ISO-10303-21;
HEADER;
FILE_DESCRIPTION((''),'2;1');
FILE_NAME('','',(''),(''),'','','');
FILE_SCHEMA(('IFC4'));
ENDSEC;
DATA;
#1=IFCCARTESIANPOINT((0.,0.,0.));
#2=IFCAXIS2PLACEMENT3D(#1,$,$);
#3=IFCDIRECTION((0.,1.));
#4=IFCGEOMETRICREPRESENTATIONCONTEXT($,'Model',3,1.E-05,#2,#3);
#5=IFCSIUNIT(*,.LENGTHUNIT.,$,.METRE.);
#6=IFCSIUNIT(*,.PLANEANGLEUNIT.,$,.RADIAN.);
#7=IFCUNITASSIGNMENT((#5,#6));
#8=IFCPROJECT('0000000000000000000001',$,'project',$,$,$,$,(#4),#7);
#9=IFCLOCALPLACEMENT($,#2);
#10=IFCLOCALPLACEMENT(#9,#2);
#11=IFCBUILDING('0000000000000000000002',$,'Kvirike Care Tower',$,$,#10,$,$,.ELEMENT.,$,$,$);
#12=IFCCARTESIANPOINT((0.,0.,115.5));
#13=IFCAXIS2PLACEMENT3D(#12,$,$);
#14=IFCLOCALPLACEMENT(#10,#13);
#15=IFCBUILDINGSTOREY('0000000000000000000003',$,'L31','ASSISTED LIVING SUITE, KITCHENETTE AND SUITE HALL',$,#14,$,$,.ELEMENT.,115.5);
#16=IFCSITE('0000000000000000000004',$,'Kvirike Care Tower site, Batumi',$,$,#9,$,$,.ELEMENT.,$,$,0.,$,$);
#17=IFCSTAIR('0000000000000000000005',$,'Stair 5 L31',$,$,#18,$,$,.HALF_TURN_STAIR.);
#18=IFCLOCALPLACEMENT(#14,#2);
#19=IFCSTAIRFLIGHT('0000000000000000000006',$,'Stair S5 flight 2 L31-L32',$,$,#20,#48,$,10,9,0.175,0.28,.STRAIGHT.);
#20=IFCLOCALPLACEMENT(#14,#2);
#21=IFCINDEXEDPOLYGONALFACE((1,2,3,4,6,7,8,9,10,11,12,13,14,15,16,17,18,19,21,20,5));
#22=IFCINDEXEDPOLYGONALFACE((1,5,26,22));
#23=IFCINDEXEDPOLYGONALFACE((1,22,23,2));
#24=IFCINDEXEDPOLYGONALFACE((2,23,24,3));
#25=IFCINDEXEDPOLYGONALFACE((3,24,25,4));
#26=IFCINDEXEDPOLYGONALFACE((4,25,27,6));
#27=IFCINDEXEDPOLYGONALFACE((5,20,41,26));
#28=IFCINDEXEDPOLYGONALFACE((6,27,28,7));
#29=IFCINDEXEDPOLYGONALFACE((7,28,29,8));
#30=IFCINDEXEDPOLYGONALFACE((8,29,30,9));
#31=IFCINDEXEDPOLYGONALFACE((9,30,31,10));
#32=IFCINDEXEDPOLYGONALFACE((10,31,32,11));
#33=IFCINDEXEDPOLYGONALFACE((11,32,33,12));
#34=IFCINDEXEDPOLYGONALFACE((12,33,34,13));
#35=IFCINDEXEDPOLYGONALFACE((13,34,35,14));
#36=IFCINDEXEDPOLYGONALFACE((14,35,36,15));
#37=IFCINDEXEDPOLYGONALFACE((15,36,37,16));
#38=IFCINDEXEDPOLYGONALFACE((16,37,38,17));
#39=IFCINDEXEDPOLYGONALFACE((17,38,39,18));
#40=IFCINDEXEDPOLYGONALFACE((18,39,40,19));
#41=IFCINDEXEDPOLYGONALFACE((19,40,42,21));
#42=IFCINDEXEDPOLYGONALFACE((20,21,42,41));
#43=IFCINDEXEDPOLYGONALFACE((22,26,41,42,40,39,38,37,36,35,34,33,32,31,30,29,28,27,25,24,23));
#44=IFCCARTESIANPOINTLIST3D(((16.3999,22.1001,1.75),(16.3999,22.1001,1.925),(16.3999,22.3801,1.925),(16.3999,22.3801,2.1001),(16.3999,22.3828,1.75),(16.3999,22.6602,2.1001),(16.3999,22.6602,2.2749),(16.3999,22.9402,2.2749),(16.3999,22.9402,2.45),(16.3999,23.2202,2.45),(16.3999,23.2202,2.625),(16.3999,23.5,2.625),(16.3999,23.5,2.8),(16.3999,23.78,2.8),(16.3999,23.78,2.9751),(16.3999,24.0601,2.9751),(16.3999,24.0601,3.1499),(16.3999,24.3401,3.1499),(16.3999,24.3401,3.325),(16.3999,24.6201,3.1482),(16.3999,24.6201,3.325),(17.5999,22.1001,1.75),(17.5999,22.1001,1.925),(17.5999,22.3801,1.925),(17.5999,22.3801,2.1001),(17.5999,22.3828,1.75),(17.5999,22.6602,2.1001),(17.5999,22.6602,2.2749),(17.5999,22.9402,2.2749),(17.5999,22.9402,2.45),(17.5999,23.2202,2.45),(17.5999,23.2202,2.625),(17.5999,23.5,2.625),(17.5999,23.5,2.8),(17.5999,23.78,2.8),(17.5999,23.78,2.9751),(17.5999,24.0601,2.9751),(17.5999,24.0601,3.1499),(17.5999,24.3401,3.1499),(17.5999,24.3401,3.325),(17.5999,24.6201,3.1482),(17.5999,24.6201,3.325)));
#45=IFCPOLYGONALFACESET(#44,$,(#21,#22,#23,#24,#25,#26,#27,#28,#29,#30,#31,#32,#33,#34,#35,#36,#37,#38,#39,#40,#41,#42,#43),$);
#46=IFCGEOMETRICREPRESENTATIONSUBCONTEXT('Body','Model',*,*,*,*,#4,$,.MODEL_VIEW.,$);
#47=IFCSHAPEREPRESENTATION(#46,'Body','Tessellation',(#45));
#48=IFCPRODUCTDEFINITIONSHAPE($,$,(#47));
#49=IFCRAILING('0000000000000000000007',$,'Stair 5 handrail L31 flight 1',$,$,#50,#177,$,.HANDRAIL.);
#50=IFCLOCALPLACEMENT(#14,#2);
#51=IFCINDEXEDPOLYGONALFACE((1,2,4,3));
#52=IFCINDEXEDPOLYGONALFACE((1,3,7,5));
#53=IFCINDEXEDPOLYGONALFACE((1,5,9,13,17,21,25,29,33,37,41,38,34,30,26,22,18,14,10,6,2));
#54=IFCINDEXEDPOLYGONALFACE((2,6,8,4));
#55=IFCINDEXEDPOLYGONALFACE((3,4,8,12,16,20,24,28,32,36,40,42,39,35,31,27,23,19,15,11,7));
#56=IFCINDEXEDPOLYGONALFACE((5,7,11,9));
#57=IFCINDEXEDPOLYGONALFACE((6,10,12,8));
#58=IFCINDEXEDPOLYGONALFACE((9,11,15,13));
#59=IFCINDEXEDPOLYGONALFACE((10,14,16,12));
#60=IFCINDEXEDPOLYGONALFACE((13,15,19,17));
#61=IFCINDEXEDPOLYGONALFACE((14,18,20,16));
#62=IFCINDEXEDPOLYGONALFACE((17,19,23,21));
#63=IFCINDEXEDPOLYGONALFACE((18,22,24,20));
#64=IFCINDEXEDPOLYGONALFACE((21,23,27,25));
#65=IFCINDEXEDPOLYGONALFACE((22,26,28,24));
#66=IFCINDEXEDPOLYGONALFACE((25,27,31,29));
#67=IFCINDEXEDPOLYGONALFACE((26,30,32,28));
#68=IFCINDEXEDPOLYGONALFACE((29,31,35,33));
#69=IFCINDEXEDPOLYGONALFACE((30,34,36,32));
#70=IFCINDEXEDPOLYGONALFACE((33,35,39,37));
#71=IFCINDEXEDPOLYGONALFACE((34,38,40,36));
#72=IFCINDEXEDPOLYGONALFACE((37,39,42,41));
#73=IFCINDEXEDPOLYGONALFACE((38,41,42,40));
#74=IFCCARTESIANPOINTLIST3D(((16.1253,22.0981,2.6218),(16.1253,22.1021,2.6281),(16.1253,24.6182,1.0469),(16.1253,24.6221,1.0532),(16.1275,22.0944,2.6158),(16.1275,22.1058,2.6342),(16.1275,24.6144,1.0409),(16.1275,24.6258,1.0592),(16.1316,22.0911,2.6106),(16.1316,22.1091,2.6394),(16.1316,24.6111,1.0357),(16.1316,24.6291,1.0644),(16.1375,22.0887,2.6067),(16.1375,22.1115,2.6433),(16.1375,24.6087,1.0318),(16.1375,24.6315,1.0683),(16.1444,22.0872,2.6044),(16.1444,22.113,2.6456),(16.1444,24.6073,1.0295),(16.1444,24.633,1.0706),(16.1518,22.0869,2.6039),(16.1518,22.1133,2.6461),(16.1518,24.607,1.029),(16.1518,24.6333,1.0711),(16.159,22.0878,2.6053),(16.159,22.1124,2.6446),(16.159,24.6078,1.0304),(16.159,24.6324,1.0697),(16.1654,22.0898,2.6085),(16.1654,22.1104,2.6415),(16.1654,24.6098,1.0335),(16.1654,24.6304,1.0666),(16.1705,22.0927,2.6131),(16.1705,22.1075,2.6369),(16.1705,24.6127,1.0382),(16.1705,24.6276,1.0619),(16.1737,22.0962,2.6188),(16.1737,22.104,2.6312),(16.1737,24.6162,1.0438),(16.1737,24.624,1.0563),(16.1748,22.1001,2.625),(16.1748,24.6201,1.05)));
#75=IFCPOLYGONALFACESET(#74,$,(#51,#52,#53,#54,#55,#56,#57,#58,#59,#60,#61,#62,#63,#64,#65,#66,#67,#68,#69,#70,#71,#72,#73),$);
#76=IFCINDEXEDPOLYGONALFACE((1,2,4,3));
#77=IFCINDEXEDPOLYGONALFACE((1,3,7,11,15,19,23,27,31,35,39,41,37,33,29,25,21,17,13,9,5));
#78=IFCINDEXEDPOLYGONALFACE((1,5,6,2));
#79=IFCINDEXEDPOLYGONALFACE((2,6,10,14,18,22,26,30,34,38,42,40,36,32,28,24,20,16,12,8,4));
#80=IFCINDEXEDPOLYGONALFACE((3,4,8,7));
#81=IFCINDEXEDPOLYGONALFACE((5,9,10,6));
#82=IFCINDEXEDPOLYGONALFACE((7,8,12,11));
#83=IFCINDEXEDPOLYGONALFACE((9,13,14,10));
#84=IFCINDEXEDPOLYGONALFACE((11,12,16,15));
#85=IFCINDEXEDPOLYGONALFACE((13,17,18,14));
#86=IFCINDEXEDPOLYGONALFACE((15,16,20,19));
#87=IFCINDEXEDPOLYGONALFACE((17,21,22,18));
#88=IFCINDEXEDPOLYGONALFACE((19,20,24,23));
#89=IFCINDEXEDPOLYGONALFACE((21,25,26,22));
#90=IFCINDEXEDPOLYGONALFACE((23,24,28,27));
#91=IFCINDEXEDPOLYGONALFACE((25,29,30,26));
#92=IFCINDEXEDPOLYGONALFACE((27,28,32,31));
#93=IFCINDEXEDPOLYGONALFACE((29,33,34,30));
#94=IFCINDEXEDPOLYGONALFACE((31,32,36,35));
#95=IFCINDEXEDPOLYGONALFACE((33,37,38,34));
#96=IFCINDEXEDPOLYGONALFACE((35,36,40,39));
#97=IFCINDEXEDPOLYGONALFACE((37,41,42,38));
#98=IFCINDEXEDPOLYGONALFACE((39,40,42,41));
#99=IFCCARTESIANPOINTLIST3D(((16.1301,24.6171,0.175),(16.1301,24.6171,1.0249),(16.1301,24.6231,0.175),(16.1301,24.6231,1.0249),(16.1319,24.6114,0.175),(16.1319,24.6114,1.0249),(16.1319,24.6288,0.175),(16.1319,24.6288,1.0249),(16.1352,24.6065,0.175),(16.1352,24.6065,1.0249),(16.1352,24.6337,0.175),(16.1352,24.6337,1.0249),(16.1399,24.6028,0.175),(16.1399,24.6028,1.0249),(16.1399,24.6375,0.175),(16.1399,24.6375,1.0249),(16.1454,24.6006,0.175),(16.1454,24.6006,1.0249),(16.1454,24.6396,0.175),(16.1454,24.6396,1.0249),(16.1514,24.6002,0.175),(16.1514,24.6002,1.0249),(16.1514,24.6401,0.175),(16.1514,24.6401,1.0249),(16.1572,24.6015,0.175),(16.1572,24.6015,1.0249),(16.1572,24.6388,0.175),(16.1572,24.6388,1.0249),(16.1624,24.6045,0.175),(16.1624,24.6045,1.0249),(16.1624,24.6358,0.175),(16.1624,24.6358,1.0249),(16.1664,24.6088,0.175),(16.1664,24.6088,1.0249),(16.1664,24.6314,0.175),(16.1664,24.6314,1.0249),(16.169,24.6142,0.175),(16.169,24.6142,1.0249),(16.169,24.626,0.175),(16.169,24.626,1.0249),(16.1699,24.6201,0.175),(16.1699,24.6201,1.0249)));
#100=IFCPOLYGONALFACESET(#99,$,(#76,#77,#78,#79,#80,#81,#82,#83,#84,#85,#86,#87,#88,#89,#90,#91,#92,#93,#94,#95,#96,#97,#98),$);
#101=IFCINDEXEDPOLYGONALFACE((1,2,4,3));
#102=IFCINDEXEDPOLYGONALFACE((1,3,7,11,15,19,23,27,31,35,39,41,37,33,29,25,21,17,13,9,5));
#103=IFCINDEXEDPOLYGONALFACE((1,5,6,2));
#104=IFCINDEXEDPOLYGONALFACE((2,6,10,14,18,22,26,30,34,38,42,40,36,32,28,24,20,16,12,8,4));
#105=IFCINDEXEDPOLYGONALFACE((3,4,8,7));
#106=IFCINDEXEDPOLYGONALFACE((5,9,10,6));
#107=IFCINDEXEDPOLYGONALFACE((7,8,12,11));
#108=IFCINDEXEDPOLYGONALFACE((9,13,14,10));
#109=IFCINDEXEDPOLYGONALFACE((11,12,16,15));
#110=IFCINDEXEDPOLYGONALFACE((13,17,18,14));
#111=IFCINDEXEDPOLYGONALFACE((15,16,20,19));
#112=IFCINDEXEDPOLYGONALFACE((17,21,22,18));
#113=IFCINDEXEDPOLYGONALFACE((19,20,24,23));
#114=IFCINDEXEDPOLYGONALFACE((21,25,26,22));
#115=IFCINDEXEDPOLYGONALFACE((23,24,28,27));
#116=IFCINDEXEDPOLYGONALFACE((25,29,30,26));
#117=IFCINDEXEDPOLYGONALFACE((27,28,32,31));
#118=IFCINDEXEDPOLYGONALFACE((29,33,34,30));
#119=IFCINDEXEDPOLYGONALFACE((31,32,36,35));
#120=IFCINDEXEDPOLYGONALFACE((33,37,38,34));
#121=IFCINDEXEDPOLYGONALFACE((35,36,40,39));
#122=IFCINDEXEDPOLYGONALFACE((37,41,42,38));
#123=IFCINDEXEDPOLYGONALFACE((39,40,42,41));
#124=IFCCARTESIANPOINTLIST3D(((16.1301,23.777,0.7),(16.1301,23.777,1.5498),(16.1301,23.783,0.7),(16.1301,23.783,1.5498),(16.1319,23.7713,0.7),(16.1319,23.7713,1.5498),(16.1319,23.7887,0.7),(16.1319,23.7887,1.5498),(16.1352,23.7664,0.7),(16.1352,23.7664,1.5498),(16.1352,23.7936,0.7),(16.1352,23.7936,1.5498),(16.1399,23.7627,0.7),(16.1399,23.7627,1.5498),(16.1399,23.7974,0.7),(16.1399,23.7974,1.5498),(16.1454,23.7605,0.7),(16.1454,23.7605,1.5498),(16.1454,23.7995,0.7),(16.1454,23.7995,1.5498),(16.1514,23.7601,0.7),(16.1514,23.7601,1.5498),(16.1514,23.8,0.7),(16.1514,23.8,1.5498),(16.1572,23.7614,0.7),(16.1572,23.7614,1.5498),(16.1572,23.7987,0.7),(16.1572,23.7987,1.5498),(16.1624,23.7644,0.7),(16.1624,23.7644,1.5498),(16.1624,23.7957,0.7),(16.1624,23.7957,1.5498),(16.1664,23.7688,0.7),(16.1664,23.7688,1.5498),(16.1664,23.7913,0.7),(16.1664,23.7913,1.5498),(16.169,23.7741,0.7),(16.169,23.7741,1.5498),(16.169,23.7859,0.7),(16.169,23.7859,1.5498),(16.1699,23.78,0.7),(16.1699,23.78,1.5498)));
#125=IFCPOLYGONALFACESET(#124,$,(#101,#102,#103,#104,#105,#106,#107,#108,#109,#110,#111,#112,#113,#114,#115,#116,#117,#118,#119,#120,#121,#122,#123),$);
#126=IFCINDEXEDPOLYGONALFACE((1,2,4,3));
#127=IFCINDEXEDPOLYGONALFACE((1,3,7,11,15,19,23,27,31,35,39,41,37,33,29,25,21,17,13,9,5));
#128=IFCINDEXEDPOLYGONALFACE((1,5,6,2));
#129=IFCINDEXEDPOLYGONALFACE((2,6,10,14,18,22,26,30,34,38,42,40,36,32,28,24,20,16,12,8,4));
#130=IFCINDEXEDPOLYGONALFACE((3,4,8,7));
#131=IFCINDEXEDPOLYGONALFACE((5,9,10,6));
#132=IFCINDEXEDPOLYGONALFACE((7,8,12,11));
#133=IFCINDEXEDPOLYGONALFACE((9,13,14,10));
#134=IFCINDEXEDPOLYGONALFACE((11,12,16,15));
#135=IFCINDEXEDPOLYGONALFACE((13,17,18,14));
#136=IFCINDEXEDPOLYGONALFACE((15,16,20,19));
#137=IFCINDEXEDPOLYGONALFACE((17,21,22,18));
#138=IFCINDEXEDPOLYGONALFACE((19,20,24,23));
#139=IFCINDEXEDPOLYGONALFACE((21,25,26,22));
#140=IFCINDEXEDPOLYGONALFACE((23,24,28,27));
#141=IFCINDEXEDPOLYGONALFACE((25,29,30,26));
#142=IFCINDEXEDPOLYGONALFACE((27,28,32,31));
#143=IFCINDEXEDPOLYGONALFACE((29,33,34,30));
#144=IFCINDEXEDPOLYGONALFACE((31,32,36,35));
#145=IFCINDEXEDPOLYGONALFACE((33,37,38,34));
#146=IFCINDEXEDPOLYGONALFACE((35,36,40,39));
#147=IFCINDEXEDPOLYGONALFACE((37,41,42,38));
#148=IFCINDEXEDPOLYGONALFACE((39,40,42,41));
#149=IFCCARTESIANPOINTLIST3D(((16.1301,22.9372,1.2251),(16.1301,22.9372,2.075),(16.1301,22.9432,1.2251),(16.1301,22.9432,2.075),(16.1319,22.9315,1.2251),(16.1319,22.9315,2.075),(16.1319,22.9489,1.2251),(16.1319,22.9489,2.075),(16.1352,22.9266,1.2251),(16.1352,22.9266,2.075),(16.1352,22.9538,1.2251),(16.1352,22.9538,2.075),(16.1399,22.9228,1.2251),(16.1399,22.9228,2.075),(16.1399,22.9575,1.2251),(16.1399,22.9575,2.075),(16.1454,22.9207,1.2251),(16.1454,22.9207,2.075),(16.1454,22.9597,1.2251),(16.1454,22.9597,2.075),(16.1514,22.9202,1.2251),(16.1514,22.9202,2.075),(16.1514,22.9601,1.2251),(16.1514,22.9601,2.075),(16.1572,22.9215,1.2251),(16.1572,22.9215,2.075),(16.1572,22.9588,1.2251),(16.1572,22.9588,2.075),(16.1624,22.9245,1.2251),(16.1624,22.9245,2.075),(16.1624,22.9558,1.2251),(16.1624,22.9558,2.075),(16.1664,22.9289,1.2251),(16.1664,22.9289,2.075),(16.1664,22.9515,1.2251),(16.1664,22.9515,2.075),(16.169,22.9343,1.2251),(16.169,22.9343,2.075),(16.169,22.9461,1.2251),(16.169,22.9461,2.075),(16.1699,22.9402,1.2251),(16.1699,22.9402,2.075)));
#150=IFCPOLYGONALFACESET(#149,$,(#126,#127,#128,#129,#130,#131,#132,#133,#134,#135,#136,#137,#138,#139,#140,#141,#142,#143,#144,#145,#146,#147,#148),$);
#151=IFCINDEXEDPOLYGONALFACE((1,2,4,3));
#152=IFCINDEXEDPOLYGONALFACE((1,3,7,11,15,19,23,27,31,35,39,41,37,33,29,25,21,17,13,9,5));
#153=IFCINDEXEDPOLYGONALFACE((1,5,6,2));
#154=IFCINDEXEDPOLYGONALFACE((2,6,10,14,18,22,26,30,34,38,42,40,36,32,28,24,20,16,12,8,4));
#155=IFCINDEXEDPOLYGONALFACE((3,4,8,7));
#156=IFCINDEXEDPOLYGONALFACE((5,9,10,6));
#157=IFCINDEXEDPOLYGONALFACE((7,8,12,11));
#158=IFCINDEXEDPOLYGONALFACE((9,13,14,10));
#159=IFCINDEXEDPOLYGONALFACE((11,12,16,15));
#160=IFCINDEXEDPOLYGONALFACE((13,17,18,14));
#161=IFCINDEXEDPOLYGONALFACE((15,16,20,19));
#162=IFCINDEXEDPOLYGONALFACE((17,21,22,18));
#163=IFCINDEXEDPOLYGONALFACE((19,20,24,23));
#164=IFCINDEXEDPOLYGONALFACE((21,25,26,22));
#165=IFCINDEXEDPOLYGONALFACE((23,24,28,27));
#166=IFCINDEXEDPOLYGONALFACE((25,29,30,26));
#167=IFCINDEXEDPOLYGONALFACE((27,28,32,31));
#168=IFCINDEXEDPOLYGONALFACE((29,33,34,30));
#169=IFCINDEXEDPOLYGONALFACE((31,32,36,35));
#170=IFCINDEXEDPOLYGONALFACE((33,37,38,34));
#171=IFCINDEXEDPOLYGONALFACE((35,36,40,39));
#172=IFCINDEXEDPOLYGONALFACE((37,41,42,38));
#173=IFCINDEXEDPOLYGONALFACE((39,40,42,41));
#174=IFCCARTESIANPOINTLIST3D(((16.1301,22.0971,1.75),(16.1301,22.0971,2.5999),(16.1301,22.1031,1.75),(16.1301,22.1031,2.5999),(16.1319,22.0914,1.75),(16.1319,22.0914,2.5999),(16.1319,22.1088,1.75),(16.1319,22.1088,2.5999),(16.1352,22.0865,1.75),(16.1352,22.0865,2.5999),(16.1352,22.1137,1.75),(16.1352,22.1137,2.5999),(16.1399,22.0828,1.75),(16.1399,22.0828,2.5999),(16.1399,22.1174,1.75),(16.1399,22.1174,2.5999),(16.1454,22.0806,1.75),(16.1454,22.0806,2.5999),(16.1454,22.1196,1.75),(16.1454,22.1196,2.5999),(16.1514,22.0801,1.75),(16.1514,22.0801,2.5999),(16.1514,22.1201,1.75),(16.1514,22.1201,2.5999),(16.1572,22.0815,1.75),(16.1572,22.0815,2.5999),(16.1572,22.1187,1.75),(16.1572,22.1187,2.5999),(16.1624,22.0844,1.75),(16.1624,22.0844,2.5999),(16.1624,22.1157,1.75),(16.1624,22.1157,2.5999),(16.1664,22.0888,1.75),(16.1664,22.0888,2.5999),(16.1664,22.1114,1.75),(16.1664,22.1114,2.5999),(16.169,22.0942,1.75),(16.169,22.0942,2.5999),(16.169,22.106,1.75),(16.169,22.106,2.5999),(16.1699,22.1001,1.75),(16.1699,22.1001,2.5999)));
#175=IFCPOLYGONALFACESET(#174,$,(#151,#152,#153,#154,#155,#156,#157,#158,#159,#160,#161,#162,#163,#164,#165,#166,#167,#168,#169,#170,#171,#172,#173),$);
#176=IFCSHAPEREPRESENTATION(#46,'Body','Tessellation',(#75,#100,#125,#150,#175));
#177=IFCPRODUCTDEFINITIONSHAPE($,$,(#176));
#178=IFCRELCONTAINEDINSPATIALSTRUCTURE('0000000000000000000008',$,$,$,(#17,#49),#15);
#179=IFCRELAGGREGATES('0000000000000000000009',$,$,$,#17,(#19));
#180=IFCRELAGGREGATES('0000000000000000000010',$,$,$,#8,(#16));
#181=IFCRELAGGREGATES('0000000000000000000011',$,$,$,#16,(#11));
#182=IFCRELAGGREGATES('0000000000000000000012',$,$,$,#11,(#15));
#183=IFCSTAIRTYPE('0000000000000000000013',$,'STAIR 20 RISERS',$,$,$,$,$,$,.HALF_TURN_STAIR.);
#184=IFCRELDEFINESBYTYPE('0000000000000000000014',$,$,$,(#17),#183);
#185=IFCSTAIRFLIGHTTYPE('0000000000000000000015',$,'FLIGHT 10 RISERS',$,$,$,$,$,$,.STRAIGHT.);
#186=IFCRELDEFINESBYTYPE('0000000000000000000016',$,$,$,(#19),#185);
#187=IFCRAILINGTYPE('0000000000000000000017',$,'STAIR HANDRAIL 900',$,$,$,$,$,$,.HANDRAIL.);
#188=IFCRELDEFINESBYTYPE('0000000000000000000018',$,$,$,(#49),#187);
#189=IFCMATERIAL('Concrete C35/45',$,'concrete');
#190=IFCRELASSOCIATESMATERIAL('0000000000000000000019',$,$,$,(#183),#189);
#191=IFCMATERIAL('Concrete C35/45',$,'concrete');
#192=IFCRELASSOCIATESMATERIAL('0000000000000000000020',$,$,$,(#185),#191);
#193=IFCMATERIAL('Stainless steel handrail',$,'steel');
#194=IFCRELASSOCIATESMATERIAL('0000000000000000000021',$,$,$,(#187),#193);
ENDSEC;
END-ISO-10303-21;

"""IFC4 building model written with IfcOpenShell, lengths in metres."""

from ifc_helpers import new_model, si_unit, direction, frame, origin, origin_2d, place, context, subcontext, project, spatial, polyline, circle, outline, extrude, material, type_object, element, aggregate, save


model = new_model("IFC4")

# Units and contexts
model_context = context("Model", 3, precision=1e-05, world=origin(), true_north=direction((0.0, 1.0)))
body_context = subcontext(model_context, "Body", "Model", "MODEL_VIEW")
ifc_project = project(units=[si_unit("LENGTHUNIT", "METRE"), si_unit("PLANEANGLEUNIT", "RADIAN")], contexts=[model_context])

# Site, building, storey
site_placement = place(None, origin())
site = spatial("IfcSite", under=ifc_project, at=site_placement, Name="Kvirike Care Tower site, Batumi", CompositionType="ELEMENT", RefElevation=0.0)
building_placement = place(site_placement, origin())
building = spatial("IfcBuilding", under=site, at=building_placement, Name="Kvirike Care Tower", CompositionType="ELEMENT")
storey_placement = place(building_placement, frame((0.0, 0.0, 115.5)))
storey = spatial("IfcBuildingStorey", under=building, at=storey_placement, Name="L31", Description="ASSISTED LIVING SUITE, KITCHENETTE AND SUITE HALL", CompositionType="ELEMENT", Elevation=115.5)

# Stair, stair flight
ifc_material_1 = material(Name="Concrete C35/45", Category="concrete")
stair_type = type_object("IfcStairType", Name="STAIR 20 RISERS", PredefinedType="HALF_TURN_STAIR", material=ifc_material_1)
stair_placement = place(storey_placement, origin())
stair = element("IfcStair", 1, at=stair_placement, inside=storey, type_object=stair_type, Name="Stair 5 L31", PredefinedType="HALF_TURN_STAIR")
ifc_material_2 = material(Name="Concrete C35/45", Category="concrete")
stair_flight_type = type_object("IfcStairFlightType", Name="FLIGHT 10 RISERS", PredefinedType="STRAIGHT", material=ifc_material_2)
stair_flight_1_placement = place(storey_placement, frame((17.0, 22.1001, 1.75), z_axis=(0.0, 0.0, 1.0), x_axis=(0.0, 1.0, 0.0)))
stair_flight_1 = element("IfcStairFlight", 2, at=stair_flight_1_placement, type_object=stair_flight_type, Name="Stair S5 flight 2 L31-L32", NumberOfRisers=10, NumberOfTreads=9, PredefinedType="STRAIGHT", RiserHeight=0.175, TreadLength=0.28, context=body_context, shape_type="SweptSolid", body=[
    extrude(outline(polyline([(0.0, 0.0), (0.0, 0.175), (0.28, 0.175), (0.28, 0.3501), (0.5601, 0.3501), (0.5601, 0.5249), (0.8401, 0.5249), (0.8401, 0.7), (1.1201, 0.7), (1.1201, 0.875), (1.3999, 0.875), (1.3999, 1.05), (1.6799, 1.05), (1.6799, 1.2251), (1.96, 1.2251), (1.96, 1.3999), (2.24, 1.3999), (2.24, 1.575), (2.52, 1.575), (2.52, 1.75), (2.52, 1.3982), (0.2827, 0.0), (0.0, 0.0)])), frame((0.0, 0.6001, 0.0), z_axis=(0.0, -1.0, 0.0), x_axis=(1.0, 0.0, 0.0)), (0.0, 0.0, 1.0), 1.2),
])
aggregate(stair, [stair_flight_1])

# Railing
ifc_material_3 = material(Name="Stainless steel handrail", Category="steel")
railing_type = type_object("IfcRailingType", Name="STAIR HANDRAIL 900", PredefinedType="HANDRAIL", material=ifc_material_3)
railing_1_placement = place(storey_placement, frame((16.1499, 24.6201, 0.175)))
element("IfcRailing", 3, at=railing_1_placement, inside=storey, type_object=railing_type, Name="Stair 5 handrail L31 flight 1", PredefinedType="HANDRAIL", context=body_context, shape_type="SweptSolid", body=[
    extrude(circle(Radius=0.0249, at=origin_2d()), frame((0.0, 0.0, 0.875), z_axis=(0.0, -0.848008, 0.529984), x_axis=(1.0, 0.0, 0.0)), (0.0, 0.0, 1.0), 2.9717),
    extrude(circle(Radius=0.02, at=origin_2d()), origin(), (0.0, 0.0, 1.0), 0.8499),
    extrude(circle(Radius=0.02, at=origin_2d()), frame((0.0, -0.8401, 0.5249)), (0.0, 0.0, 1.0), 0.8499),
    extrude(circle(Radius=0.02, at=origin_2d()), frame((0.0, -1.6799, 1.05)), (0.0, 0.0, 1.0), 0.8499),
    extrude(circle(Radius=0.02, at=origin_2d()), frame((0.0, -2.52, 1.575)), (0.0, 0.0, 1.0), 0.8499),
])

save(model, "model.ifc")
